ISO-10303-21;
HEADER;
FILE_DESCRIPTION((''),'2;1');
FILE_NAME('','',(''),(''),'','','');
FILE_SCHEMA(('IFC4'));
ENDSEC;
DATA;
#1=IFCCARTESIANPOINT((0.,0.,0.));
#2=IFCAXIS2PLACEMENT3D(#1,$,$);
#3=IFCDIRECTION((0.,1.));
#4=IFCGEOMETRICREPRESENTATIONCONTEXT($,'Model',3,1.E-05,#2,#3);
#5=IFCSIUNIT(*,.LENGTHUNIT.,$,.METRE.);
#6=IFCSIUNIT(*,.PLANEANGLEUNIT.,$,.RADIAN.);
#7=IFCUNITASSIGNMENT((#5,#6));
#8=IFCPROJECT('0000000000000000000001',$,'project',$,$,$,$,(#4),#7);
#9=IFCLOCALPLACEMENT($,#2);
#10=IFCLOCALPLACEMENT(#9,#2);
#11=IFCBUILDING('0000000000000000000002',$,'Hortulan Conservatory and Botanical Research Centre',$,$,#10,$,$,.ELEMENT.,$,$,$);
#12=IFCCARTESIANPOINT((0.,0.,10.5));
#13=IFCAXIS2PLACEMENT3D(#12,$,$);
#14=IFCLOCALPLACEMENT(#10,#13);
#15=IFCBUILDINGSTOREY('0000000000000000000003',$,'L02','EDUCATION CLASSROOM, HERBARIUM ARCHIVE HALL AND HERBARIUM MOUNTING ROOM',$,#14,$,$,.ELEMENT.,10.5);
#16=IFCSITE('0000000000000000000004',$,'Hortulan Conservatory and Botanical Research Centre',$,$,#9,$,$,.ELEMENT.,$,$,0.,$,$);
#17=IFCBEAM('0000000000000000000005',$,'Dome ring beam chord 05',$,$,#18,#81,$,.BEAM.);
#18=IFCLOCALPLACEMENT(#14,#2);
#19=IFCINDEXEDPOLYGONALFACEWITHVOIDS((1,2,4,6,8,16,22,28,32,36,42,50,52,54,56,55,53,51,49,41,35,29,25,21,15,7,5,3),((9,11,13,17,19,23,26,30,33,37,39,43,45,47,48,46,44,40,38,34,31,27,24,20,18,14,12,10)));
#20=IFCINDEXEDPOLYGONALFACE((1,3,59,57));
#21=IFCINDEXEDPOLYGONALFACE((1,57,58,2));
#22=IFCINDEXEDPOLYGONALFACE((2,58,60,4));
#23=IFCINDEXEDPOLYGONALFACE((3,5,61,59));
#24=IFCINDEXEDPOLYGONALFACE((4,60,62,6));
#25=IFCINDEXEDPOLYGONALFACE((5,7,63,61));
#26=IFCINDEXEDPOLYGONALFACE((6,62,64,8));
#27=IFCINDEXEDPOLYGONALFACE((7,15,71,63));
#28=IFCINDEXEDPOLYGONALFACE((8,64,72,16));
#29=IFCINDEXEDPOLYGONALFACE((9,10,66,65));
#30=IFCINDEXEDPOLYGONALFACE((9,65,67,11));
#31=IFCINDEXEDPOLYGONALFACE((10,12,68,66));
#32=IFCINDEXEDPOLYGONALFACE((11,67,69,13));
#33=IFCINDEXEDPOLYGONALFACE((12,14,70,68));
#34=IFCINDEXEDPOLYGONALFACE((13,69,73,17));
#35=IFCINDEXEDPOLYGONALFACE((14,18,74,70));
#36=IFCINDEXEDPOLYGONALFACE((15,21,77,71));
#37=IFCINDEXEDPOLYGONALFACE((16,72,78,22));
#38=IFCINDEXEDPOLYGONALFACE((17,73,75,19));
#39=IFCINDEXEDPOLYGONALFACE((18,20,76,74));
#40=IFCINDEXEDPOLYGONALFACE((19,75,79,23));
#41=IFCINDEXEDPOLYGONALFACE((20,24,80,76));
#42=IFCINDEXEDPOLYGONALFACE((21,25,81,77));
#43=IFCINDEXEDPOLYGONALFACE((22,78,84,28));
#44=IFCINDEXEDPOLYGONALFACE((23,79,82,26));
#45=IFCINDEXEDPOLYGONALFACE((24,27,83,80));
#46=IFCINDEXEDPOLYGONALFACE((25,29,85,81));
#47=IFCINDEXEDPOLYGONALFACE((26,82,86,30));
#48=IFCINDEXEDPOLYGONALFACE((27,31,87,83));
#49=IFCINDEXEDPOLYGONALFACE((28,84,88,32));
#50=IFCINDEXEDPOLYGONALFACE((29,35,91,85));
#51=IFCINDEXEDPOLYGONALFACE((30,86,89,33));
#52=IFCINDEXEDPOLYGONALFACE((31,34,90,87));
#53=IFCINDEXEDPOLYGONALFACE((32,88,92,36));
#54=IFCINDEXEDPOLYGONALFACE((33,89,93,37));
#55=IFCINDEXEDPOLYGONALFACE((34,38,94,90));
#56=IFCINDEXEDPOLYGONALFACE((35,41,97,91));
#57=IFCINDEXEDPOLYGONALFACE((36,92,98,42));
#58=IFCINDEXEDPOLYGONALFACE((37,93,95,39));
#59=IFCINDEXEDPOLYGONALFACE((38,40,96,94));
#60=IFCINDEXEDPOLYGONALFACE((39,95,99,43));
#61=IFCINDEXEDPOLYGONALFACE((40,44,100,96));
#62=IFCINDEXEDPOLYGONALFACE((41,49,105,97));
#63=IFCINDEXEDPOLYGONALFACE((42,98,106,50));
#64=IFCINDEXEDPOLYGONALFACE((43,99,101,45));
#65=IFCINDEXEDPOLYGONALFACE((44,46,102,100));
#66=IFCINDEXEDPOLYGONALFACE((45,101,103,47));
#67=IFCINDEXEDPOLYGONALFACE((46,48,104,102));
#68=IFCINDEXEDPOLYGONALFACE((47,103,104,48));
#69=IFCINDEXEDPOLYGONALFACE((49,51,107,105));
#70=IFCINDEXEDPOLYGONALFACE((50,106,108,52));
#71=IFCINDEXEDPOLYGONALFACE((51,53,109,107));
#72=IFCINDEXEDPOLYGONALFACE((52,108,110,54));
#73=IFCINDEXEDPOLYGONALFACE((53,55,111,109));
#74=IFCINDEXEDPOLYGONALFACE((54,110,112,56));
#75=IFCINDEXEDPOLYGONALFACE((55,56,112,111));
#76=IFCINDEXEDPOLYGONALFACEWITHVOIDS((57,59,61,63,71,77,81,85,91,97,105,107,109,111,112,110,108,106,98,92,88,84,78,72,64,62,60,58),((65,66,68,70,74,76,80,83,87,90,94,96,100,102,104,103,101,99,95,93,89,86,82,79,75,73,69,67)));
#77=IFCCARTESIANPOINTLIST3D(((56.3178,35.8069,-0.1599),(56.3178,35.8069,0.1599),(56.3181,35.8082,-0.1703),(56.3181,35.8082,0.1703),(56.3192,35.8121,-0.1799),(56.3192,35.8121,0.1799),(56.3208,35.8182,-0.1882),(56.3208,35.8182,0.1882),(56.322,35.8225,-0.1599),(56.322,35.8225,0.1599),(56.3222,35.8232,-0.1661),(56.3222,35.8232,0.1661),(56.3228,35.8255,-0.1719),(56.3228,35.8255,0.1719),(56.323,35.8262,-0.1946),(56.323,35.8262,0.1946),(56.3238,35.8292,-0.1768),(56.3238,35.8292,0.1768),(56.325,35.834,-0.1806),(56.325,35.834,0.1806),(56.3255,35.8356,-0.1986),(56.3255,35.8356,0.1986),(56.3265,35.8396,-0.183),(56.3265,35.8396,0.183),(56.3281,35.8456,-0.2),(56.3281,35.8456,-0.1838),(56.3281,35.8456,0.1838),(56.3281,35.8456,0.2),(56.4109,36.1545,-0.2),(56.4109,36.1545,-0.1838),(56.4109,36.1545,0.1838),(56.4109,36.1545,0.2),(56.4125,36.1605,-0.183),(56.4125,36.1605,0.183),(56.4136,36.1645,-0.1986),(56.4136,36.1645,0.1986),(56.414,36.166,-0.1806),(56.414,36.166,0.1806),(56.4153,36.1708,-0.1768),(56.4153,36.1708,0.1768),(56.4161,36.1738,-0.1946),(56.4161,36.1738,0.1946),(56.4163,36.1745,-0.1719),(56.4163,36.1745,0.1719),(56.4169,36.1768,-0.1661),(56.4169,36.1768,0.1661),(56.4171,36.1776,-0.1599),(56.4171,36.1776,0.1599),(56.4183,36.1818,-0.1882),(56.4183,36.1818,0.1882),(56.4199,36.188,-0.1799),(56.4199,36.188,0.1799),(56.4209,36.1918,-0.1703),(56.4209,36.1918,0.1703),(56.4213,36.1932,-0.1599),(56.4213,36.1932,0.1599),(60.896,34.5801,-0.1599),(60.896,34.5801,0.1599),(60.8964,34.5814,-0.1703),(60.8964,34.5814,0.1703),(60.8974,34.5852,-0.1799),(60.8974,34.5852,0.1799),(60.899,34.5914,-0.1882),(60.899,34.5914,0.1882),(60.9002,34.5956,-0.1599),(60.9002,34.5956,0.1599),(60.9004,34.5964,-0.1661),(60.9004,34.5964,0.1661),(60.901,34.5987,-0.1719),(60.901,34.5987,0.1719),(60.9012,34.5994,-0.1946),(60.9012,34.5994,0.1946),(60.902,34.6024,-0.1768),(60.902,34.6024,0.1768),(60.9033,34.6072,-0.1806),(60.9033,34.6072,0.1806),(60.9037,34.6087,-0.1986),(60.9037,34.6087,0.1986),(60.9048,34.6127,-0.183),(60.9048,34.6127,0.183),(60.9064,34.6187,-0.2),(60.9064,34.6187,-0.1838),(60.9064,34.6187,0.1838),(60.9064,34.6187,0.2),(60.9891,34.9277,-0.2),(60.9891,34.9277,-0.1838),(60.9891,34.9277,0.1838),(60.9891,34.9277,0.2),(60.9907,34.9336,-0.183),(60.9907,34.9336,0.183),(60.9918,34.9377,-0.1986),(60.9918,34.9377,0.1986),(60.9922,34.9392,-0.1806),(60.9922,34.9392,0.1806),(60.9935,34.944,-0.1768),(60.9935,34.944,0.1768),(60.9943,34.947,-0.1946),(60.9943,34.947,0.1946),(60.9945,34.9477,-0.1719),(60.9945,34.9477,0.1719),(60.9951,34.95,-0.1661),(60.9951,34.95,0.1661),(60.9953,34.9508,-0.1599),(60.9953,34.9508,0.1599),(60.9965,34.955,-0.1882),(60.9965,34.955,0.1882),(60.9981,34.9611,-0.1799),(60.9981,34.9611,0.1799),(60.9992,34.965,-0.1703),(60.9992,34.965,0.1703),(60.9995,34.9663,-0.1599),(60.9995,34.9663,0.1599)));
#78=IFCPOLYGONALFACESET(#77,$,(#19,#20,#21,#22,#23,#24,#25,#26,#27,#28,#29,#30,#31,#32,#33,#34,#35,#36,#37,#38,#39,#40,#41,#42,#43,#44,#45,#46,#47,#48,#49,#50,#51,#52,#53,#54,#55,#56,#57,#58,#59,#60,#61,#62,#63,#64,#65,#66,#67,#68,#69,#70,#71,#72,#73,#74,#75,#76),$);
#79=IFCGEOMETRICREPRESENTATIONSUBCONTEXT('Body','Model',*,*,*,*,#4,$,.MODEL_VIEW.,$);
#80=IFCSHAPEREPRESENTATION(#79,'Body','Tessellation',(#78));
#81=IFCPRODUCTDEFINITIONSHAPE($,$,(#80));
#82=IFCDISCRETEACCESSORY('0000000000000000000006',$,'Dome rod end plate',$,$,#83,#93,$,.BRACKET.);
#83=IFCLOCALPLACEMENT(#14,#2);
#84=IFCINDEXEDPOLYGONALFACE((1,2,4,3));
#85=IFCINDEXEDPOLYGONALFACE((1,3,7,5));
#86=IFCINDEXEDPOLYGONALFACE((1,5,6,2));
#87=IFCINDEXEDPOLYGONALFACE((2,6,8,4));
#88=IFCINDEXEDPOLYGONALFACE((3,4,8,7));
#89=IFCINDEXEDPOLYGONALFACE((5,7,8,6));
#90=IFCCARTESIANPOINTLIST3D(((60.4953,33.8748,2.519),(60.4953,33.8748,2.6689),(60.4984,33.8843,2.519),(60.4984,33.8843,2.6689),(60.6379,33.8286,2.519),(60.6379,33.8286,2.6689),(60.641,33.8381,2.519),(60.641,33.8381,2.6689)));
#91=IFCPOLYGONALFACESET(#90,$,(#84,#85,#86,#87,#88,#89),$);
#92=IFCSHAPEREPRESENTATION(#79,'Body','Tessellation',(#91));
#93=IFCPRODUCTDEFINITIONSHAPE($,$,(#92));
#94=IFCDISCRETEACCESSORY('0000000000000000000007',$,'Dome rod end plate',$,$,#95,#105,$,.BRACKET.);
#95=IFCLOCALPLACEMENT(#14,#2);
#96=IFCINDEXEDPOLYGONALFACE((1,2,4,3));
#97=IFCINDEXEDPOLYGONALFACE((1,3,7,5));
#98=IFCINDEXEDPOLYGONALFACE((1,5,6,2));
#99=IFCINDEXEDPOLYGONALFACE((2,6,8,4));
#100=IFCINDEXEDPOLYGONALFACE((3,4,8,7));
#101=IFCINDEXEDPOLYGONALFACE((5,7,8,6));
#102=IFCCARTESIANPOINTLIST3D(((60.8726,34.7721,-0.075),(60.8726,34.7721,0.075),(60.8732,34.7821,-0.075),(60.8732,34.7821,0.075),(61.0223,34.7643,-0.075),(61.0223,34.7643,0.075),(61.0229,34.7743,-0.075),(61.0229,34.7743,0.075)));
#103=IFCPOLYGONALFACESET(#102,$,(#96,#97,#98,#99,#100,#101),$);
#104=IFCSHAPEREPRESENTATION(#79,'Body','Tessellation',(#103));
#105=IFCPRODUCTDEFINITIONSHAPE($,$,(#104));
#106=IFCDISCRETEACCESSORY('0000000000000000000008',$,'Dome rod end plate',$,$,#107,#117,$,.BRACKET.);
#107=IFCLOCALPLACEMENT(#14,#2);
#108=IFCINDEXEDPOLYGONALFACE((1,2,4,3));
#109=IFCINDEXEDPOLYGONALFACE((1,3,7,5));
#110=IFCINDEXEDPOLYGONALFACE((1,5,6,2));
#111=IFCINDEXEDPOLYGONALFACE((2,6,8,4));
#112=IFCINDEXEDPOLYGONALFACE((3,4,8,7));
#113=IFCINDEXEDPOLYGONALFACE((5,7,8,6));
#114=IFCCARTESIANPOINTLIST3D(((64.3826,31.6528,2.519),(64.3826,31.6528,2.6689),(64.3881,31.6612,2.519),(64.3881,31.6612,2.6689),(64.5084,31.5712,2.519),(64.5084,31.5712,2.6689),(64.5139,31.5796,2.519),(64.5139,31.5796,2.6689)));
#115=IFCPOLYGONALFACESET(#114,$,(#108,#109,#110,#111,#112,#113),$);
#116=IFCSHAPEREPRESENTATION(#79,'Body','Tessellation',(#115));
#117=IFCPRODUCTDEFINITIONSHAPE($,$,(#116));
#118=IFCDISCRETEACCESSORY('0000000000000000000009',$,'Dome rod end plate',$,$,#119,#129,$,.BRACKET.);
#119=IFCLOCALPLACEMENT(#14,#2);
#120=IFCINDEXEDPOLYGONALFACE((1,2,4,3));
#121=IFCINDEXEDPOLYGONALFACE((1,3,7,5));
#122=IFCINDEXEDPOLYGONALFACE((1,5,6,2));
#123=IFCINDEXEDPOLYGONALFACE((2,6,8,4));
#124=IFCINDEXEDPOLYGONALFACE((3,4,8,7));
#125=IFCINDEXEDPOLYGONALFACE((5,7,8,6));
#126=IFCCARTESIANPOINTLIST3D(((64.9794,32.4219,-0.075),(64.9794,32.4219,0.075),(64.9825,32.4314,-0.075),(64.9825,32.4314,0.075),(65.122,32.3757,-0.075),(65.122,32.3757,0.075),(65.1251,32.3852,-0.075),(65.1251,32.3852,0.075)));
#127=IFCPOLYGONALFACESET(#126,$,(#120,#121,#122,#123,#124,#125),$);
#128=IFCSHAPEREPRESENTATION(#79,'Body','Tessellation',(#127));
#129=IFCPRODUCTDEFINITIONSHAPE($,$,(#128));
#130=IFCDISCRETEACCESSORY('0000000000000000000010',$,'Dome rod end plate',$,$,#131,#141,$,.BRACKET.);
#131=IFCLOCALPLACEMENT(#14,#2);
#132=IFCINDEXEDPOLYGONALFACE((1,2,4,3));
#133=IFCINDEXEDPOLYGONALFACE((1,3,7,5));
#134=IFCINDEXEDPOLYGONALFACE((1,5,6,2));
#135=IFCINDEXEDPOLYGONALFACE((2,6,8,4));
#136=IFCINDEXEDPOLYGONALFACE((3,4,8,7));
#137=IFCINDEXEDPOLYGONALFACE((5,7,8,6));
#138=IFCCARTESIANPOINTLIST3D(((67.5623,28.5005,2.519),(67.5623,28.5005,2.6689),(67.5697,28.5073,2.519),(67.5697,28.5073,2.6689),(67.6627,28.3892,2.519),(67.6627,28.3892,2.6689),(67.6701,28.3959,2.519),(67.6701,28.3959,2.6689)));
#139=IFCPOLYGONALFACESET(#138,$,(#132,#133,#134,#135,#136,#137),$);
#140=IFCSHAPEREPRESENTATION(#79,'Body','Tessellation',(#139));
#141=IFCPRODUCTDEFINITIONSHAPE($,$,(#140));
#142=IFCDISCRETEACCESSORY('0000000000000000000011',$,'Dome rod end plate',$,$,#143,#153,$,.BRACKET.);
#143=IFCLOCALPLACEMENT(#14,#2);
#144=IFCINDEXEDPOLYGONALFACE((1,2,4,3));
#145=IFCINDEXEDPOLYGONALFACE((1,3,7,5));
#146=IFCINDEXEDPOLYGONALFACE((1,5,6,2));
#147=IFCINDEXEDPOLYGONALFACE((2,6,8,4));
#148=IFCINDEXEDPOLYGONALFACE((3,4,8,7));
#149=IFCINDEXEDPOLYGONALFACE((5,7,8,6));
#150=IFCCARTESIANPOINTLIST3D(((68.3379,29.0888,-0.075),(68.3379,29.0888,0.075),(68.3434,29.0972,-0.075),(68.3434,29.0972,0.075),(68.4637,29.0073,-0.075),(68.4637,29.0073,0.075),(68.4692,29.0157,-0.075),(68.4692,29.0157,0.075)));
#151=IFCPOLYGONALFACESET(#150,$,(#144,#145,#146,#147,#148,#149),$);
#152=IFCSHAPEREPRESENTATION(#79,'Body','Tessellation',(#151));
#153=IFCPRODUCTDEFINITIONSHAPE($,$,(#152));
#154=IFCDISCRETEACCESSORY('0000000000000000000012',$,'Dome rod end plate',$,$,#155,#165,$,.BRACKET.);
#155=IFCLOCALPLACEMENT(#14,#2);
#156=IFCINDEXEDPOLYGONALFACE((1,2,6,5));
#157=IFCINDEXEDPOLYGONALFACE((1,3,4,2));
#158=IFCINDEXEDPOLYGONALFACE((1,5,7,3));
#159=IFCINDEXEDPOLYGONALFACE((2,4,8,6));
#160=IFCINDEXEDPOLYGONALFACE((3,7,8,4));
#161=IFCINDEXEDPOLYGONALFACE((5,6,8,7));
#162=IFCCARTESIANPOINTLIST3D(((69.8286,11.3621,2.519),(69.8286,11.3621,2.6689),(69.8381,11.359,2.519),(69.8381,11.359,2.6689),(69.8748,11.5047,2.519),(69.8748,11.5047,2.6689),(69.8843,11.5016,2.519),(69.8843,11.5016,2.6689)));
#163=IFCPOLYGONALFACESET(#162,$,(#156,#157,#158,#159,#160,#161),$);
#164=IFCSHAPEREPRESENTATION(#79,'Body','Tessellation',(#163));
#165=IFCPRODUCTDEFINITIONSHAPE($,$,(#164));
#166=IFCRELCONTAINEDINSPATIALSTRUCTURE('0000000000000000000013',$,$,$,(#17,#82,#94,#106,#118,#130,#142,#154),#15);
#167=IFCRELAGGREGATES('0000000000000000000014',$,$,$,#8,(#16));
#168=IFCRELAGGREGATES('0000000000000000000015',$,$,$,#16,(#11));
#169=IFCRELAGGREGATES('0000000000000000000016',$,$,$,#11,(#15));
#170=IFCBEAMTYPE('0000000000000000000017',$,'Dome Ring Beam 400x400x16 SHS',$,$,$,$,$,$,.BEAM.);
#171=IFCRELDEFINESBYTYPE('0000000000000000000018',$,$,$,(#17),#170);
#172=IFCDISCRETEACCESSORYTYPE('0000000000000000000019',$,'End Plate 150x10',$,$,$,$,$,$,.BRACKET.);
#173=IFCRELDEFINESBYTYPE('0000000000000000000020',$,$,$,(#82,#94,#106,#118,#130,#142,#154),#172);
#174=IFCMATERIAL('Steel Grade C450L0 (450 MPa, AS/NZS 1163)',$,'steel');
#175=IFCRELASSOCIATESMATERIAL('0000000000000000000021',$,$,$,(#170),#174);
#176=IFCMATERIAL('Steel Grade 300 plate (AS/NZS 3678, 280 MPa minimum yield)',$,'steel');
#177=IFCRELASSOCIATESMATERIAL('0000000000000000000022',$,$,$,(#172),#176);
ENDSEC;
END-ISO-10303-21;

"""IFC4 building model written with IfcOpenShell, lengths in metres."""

from ifc_helpers import new_model, si_unit, direction, frame, origin, origin_2d, place, context, subcontext, project, spatial, rectangle, hollow_rectangle, extrude, material, material_profile, profile_set, type_object, element, save


model = new_model("IFC4")

# Units and contexts
model_context = context("Model", 3, precision=1e-05, world=origin(), true_north=direction((0.0, 1.0)))
body_context = subcontext(model_context, "Body", "Model", "MODEL_VIEW")
ifc_project = project(units=[si_unit("LENGTHUNIT", "METRE"), si_unit("PLANEANGLEUNIT", "RADIAN")], contexts=[model_context])

# Site, building, storey
site_placement = place(None, origin())
site = spatial("IfcSite", under=ifc_project, at=site_placement, Name="Hortulan Conservatory and Botanical Research Centre", CompositionType="ELEMENT", RefElevation=0.0)
building_placement = place(site_placement, origin())
building = spatial("IfcBuilding", under=site, at=building_placement, Name="Hortulan Conservatory and Botanical Research Centre", CompositionType="ELEMENT")
storey_placement = place(building_placement, frame((0.0, 0.0, 10.5)))
storey = spatial("IfcBuildingStorey", under=building, at=storey_placement, Name="L02", Description="EDUCATION CLASSROOM, HERBARIUM ARCHIVE HALL AND HERBARIUM MOUNTING ROOM", CompositionType="ELEMENT", Elevation=10.5)

# Beam
ifc_material_1 = material(Name="Steel Grade C450L0 (450 MPa, AS/NZS 1163)", Category="steel")
ifc_material_profile_1 = material_profile(ifc_material_1, hollow_rectangle(XDim=0.3999, YDim=0.3999, WallThickness=0.0161, InnerFilletRadius=0.0239, OuterFilletRadius=0.04, at=origin_2d()), Name="400x400x16SHS")
ifc_profile_set_1 = profile_set([ifc_material_profile_1], Name="Steel Grade C450L0 (450 MPa, AS/NZS 1163)")
beam_type_1 = type_object("IfcBeamType", Name="Dome Ring Beam 400x400x16 SHS", PredefinedType="BEAM", material=ifc_profile_set_1)
beam_placement = place(storey_placement, frame((60.9478, 34.7732, 0.0), z_axis=(-0.96592, 0.258839, 0.0), x_axis=(-0.258839, -0.96592, 0.0)))
element("IfcBeam", 1, at=beam_placement, inside=storey, type_object=beam_type_1, Name="Dome ring beam chord 05", PredefinedType="BEAM", context=body_context, shape_type="SweptSolid", body=[
    extrude(hollow_rectangle(XDim=0.3999, YDim=0.3999, WallThickness=0.0161, InnerFilletRadius=0.0239, OuterFilletRadius=0.04, at=origin_2d()), origin(), (0.0, 0.0, 1.0), 4.7397),
])

# Discrete accessories
ifc_material_2 = material(Name="Steel Grade 300 plate (AS/NZS 3678, 280 MPa minimum yield)", Category="steel")
discrete_accessory_type = type_object("IfcDiscreteAccessoryType", Name="End Plate 150x10", PredefinedType="BRACKET", material=ifc_material_2)
for number, where, z_axis, x_axis, name in (
    (2, (60.5681, 33.8564, 2.519), (0.0, 0.0, 1.0), (0.95131, -0.308237, 0.0), "Dome rod end plate"),
    (3, (60.9478, 34.7732, -0.075), (0.0, 0.0, 1.0), (0.998671, -0.051534, 0.0), "Dome rod end plate"),
    (4, (64.4482, 31.6162, 2.519), (0.0, 0.0, 1.0), (0.839117, -0.543951, 0.0), "Dome rod end plate"),
    (5, (65.0522, 32.4036, -0.075), (0.0, 0.0, 1.0), (0.95131, -0.308237, 0.0), "Dome rod end plate"),
    (6, (67.6162, 28.4482, 2.519), (0.0, 0.0, 1.0), (0.669727, -0.742607, 0.0), "Dome rod end plate"),
    (7, (68.4036, 29.0522, -0.075), (0.0, 0.0, 1.0), (0.839117, -0.543951, 0.0), "Dome rod end plate"),
    (8, (69.8564, 11.4319, 2.519), (0.0, 0.0, 1.0), (0.308237, 0.95131, 0.0), "Dome rod end plate"),
):
    element("IfcDiscreteAccessory", number, at=place(storey_placement, frame(where, z_axis=z_axis, x_axis=x_axis)), inside=storey, type_object=discrete_accessory_type, Name=name, PredefinedType="BRACKET", context=body_context, shape_type="SweptSolid", body=[
        extrude(rectangle(XDim=0.1499, YDim=0.01, at=origin_2d()), origin(), (0.0, 0.0, 1.0), 0.1499),
    ])

save(model, "model.ifc")
